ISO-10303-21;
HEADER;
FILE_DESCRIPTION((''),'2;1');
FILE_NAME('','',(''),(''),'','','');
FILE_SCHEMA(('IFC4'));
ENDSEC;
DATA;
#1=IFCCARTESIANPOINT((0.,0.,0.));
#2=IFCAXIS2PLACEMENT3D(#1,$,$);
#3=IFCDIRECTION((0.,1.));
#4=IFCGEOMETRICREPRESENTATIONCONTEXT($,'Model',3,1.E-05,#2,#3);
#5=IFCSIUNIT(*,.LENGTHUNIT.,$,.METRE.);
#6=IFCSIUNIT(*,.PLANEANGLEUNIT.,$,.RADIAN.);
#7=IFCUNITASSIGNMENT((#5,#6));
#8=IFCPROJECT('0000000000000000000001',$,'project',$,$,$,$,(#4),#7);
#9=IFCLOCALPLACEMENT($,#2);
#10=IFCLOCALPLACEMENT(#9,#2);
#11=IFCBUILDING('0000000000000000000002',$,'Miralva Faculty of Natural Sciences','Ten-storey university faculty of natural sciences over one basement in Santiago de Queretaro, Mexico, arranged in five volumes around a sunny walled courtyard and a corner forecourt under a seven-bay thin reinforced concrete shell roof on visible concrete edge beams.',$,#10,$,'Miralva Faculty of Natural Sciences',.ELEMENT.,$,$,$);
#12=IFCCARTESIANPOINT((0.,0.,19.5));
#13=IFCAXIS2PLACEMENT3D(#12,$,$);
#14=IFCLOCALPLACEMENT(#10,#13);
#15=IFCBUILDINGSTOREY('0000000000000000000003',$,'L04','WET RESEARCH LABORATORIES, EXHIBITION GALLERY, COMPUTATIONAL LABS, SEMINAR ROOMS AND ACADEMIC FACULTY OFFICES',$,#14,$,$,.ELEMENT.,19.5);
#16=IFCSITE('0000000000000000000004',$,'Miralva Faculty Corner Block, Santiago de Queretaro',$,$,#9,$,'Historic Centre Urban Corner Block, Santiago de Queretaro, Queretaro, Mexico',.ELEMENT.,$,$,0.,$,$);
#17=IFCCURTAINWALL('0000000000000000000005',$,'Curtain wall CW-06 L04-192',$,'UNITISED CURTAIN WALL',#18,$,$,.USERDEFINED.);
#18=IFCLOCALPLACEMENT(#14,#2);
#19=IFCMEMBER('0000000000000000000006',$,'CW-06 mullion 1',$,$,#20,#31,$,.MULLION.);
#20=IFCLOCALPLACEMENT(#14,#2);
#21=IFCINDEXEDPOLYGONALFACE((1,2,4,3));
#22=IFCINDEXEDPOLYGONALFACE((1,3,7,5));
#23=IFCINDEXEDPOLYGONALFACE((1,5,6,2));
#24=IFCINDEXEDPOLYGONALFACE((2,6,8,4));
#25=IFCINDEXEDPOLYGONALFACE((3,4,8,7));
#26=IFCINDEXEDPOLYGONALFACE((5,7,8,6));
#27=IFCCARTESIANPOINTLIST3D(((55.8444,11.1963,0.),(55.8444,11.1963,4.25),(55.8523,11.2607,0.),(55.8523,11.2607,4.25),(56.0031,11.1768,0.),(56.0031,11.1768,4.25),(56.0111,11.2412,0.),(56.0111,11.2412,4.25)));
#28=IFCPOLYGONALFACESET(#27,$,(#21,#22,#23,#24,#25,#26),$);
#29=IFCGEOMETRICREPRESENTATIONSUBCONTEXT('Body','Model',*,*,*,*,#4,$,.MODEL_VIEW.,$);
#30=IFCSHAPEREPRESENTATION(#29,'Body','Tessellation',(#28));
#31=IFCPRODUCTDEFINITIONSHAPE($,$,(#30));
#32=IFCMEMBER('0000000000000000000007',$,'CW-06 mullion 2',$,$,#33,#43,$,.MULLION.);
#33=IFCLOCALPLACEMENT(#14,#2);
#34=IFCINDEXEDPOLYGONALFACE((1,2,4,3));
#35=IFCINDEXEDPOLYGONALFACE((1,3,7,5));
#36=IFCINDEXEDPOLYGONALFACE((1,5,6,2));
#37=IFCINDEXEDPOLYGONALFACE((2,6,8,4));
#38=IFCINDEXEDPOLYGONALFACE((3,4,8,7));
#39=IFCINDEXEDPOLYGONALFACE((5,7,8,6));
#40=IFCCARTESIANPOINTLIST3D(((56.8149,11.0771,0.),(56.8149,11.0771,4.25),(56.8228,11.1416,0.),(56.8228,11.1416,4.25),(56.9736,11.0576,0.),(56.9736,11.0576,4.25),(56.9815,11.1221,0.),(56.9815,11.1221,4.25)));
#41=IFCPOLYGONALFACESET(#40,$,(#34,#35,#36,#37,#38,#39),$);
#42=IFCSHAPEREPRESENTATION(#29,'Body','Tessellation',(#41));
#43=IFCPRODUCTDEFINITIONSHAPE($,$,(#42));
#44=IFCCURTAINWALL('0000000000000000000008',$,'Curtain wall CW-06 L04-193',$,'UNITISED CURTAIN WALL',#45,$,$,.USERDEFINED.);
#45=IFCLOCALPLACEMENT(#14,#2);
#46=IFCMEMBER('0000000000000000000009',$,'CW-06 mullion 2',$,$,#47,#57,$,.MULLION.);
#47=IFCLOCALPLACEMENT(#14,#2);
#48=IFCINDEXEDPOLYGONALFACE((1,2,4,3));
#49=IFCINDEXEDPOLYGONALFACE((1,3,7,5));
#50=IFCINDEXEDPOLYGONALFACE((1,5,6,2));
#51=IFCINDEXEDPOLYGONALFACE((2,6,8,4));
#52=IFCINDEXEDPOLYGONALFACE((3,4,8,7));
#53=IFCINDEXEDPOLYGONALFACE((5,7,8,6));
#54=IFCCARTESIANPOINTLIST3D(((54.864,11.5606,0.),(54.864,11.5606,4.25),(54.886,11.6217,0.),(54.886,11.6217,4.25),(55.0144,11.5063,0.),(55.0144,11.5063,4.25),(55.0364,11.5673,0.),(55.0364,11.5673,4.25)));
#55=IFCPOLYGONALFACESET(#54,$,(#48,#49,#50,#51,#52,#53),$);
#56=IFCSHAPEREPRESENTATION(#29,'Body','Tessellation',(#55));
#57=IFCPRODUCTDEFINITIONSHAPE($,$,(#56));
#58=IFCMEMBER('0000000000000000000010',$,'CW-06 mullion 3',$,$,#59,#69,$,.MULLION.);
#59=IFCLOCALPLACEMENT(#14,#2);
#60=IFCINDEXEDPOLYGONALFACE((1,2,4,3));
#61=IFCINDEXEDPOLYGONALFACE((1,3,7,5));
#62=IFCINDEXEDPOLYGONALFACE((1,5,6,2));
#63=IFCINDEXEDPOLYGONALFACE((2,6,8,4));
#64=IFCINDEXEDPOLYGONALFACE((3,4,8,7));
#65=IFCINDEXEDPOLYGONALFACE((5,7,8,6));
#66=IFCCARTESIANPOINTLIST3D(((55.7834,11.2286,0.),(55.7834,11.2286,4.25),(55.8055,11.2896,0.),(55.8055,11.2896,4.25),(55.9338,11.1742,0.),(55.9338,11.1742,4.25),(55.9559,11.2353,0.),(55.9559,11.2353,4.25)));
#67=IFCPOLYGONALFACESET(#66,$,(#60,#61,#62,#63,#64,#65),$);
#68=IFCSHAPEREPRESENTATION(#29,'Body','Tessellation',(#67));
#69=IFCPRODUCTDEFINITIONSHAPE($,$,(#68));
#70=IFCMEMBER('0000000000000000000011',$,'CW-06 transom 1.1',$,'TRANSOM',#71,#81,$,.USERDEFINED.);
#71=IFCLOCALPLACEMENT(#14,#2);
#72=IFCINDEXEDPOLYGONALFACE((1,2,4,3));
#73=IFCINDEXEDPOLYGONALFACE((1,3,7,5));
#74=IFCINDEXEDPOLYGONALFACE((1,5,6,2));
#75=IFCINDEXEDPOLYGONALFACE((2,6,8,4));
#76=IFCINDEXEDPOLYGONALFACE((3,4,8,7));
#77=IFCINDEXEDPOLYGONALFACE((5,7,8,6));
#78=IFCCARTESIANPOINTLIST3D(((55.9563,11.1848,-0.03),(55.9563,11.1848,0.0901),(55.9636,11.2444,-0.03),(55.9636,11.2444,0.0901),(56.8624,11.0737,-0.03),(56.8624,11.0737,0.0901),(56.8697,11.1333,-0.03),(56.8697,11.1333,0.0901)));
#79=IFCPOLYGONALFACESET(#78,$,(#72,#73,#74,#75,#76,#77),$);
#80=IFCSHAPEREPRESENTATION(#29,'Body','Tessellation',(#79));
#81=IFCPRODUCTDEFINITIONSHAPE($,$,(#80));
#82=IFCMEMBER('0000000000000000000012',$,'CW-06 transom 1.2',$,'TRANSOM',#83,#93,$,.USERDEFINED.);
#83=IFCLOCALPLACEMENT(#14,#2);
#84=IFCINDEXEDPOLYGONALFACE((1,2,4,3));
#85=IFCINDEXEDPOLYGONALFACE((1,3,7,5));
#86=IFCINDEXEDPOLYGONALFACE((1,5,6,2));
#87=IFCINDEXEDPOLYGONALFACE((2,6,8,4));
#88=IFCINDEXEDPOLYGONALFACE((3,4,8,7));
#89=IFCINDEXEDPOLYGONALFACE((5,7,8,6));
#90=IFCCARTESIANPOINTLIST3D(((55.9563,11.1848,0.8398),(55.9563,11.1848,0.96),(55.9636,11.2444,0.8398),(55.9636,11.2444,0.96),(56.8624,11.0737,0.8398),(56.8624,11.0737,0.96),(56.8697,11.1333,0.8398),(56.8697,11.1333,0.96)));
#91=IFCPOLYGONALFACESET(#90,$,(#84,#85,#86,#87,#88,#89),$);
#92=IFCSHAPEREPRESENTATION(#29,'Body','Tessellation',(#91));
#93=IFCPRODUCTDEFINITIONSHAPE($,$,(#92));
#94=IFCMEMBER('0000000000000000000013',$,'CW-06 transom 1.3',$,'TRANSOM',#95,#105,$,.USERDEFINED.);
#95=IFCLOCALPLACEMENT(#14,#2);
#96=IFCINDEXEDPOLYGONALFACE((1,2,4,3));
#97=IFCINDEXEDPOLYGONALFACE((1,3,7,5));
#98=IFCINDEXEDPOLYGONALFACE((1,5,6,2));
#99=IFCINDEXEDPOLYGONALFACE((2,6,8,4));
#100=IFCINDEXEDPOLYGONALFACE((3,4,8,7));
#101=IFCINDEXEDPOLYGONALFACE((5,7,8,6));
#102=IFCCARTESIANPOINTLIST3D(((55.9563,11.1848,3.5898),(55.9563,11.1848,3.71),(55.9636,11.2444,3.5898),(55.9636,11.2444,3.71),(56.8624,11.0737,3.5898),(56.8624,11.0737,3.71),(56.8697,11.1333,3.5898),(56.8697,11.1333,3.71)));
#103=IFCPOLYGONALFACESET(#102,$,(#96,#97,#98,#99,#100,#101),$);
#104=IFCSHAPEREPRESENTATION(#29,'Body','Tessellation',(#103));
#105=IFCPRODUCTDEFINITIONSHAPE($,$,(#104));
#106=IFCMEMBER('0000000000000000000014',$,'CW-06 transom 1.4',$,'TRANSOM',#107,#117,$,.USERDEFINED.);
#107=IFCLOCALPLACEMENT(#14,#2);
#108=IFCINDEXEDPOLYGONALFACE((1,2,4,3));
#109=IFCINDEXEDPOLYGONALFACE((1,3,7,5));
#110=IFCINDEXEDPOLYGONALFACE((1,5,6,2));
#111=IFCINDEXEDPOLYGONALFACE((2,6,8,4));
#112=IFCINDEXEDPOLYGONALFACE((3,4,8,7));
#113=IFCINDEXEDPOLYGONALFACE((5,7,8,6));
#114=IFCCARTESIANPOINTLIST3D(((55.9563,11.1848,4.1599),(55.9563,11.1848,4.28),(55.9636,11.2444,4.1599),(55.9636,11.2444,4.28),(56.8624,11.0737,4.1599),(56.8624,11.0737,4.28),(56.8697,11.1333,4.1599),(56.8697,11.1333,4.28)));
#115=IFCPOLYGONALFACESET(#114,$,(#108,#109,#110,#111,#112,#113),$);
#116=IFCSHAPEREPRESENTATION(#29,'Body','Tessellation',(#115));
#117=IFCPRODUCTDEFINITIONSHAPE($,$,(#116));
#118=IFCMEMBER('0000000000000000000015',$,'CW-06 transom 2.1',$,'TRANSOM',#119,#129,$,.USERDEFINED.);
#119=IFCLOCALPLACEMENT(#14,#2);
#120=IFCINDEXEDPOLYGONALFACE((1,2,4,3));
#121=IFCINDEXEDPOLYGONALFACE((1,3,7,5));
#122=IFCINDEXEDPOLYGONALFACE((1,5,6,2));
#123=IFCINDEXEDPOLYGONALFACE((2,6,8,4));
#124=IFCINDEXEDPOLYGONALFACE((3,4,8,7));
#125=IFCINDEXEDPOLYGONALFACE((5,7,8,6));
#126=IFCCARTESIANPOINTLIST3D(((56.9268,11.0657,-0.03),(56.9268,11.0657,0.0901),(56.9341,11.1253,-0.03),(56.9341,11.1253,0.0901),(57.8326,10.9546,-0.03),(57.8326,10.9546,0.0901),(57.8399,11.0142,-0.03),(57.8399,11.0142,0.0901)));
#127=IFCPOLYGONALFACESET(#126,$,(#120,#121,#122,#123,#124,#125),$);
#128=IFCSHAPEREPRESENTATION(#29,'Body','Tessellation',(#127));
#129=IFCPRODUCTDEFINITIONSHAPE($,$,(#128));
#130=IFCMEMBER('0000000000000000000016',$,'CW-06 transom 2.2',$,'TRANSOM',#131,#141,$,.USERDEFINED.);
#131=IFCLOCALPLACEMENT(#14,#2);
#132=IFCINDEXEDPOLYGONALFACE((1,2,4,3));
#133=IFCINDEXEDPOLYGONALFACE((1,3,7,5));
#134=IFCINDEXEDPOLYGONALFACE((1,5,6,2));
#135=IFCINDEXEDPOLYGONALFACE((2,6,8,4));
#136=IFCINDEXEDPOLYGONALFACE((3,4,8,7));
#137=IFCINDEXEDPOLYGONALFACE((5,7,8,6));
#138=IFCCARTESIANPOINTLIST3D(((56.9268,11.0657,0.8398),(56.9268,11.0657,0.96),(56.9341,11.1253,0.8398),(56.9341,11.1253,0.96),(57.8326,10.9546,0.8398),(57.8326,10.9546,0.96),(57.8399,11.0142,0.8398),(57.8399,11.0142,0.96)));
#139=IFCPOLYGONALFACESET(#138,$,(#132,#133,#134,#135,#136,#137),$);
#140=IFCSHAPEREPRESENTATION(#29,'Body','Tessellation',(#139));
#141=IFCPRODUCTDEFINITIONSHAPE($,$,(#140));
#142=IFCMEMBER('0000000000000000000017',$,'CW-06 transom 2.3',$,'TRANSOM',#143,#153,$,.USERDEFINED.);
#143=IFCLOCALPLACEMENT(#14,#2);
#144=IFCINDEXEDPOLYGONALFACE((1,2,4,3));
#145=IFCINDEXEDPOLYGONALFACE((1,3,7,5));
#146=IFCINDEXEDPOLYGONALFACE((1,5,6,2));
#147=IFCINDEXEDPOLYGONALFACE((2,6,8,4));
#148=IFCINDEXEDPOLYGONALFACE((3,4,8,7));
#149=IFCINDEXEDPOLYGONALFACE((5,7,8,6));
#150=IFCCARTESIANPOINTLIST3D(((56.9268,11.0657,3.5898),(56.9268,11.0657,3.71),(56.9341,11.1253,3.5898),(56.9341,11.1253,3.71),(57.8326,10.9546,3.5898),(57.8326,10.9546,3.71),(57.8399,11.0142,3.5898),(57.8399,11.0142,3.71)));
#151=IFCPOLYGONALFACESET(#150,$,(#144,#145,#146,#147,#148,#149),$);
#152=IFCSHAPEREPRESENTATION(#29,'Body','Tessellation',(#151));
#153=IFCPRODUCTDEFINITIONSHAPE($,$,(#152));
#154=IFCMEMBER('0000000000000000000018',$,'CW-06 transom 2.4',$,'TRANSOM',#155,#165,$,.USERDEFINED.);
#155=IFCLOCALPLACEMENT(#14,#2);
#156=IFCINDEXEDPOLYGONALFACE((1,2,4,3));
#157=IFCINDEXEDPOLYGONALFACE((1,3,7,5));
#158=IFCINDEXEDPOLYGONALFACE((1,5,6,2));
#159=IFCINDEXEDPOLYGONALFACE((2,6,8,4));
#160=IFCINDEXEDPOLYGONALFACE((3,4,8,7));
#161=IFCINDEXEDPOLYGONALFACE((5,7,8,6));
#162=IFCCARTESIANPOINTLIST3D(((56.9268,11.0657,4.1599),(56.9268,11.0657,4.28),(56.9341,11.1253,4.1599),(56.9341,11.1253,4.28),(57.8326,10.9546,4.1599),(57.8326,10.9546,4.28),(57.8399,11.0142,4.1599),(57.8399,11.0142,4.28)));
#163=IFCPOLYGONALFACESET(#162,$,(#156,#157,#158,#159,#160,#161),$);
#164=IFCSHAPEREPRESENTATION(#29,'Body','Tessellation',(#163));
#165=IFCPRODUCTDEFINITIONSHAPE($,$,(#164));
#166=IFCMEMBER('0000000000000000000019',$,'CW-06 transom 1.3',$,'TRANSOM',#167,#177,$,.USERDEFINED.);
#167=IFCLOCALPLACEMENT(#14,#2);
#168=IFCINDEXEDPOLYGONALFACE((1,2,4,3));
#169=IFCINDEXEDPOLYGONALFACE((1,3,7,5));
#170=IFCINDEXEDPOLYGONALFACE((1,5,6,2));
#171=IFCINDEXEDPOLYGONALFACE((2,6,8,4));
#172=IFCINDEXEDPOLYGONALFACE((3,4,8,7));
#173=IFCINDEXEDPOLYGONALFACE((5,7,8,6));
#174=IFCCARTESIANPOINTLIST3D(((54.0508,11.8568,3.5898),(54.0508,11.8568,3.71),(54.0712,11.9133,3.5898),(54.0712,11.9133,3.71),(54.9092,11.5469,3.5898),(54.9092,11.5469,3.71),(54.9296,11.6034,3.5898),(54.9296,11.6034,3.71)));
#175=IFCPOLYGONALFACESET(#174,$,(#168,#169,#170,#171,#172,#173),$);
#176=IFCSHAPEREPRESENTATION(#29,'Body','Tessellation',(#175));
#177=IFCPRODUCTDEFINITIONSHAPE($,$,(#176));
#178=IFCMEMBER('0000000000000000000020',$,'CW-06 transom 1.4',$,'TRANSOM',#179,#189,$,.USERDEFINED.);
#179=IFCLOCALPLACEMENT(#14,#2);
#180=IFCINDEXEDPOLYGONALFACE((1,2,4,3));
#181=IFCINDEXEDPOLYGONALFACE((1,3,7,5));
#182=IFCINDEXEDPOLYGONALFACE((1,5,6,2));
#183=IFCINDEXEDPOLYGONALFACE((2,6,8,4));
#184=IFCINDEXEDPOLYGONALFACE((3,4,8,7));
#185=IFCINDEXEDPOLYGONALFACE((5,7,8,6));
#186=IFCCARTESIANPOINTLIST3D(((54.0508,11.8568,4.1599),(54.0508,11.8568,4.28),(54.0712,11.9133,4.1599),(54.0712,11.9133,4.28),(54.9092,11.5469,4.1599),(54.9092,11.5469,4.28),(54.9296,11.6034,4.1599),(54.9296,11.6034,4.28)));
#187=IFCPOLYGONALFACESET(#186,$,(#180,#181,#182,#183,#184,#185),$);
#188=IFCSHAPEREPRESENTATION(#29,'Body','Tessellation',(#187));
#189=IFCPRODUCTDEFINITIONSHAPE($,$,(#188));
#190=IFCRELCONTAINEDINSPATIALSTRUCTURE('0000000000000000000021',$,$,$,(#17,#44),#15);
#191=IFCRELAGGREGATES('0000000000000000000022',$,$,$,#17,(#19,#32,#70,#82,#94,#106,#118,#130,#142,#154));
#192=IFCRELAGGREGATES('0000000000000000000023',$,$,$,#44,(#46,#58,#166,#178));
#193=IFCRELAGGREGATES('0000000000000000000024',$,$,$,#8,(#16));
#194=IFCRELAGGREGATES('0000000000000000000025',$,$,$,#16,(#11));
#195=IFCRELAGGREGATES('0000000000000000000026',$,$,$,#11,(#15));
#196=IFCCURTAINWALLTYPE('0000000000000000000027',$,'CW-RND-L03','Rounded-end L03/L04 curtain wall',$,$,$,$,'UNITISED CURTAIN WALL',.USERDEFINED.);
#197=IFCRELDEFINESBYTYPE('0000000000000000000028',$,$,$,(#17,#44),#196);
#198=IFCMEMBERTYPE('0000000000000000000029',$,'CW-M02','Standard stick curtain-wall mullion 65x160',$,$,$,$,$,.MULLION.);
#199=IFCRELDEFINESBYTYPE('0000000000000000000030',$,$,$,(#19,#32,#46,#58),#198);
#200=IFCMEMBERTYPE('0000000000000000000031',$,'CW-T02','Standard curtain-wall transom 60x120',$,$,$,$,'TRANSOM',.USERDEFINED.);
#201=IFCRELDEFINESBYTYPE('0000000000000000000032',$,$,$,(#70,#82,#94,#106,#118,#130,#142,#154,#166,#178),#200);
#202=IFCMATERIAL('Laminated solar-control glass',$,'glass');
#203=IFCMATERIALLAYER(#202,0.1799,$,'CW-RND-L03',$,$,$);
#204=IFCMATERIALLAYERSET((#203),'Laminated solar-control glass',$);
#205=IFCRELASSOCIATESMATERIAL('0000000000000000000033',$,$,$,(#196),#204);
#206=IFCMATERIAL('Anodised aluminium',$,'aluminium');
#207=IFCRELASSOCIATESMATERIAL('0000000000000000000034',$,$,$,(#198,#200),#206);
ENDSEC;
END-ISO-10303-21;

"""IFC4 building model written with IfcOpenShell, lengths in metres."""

from ifc_helpers import new_model, si_unit, direction, frame, origin, origin_2d, place, context, subcontext, project, spatial, rectangle, extrude, material, layer, layer_set, material_profile, profile_set, type_object, element, aggregate, save


model = new_model("IFC4")

# Units and contexts
model_context = context("Model", 3, precision=1e-05, world=origin(), true_north=direction((0.0, 1.0)))
body_context = subcontext(model_context, "Body", "Model", "MODEL_VIEW")
ifc_project = project(units=[si_unit("LENGTHUNIT", "METRE"), si_unit("PLANEANGLEUNIT", "RADIAN")], contexts=[model_context])

# Site, building, storey
site_placement = place(None, origin())
site = spatial("IfcSite", under=ifc_project, at=site_placement, Name="Miralva Faculty Corner Block, Santiago de Queretaro", LongName="Historic Centre Urban Corner Block, Santiago de Queretaro, Queretaro, Mexico", CompositionType="ELEMENT", RefElevation=0.0)
building_placement = place(site_placement, origin())
building = spatial("IfcBuilding", under=site, at=building_placement, Name="Miralva Faculty of Natural Sciences", Description="Ten-storey university faculty of natural sciences over one basement in Santiago de Queretaro, Mexico, arranged in five volumes around a sunny walled courtyard and a corner forecourt under a seven-bay thin reinforced concrete shell roof on visible concrete edge beams.", LongName="Miralva Faculty of Natural Sciences", CompositionType="ELEMENT")
storey_placement = place(building_placement, frame((0.0, 0.0, 19.5)))
storey = spatial("IfcBuildingStorey", under=building, at=storey_placement, Name="L04", Description="WET RESEARCH LABORATORIES, EXHIBITION GALLERY, COMPUTATIONAL LABS, SEMINAR ROOMS AND ACADEMIC FACULTY OFFICES", CompositionType="ELEMENT", Elevation=19.5)

# Curtain walls, members
ifc_material_1 = material(Name="Laminated solar-control glass", Category="glass")
ifc_layer_1 = layer(ifc_material_1, 0.1799, Name="CW-RND-L03")
ifc_layer_set_1 = layer_set([ifc_layer_1], Name="Laminated solar-control glass")
curtain_wall_type = type_object("IfcCurtainWallType", Name="CW-RND-L03", Description="Rounded-end L03/L04 curtain wall", ElementType="UNITISED CURTAIN WALL", PredefinedType="USERDEFINED", material=ifc_layer_set_1)
curtain_wall_1_placement = place(storey_placement, origin())
curtain_wall_1 = element("IfcCurtainWall", 1, at=curtain_wall_1_placement, inside=storey, type_object=curtain_wall_type, Name="Curtain wall CW-06 L04-192", ObjectType="UNITISED CURTAIN WALL", PredefinedType="USERDEFINED")
ifc_material_2 = material(Name="Anodised aluminium", Category="aluminium")
ifc_material_profile_1 = material_profile(ifc_material_2, rectangle(XDim=0.0649, YDim=0.1599, at=origin_2d()), Name="MULLION 65x160")
ifc_profile_set_1 = profile_set([ifc_material_profile_1], Name="Anodised aluminium")
member_type_1 = type_object("IfcMemberType", Name="CW-M02", Description="Standard stick curtain-wall mullion 65x160", PredefinedType="MULLION", material=ifc_profile_set_1)
member_1_placement = place(storey_placement, frame((55.9277, 11.2188, 0.0), z_axis=(0.0, 0.0, 1.0), x_axis=(0.12186, 0.992547, 0.0)))
member_1 = element("IfcMember", 2, at=member_1_placement, type_object=member_type_1, Name="CW-06 mullion 1", PredefinedType="MULLION", context=body_context, shape_type="SweptSolid", body=[
    extrude(rectangle(XDim=0.0649, YDim=0.1599, at=origin_2d()), origin(), (0.0, 0.0, 1.0), 4.25),
])
member_2_placement = place(storey_placement, frame((56.8982, 11.0996, 0.0), z_axis=(0.0, 0.0, 1.0), x_axis=(0.12186, 0.992547, 0.0)))
member_2 = element("IfcMember", 3, at=member_2_placement, type_object=member_type_1, Name="CW-06 mullion 2", PredefinedType="MULLION", context=body_context, shape_type="SweptSolid", body=[
    extrude(rectangle(XDim=0.0649, YDim=0.1599, at=origin_2d()), origin(), (0.0, 0.0, 1.0), 4.25),
])
curtain_wall_2_placement = place(storey_placement, origin())
curtain_wall_2 = element("IfcCurtainWall", 4, at=curtain_wall_2_placement, inside=storey, type_object=curtain_wall_type, Name="Curtain wall CW-06 L04-193", ObjectType="UNITISED CURTAIN WALL", PredefinedType="USERDEFINED")
member_3_placement = place(storey_placement, frame((54.9502, 11.564, 0.0), z_axis=(0.0, 0.0, 1.0), x_axis=(0.339696, 0.940535, 0.0)))
member_3 = element("IfcMember", 5, at=member_3_placement, type_object=member_type_1, Name="CW-06 mullion 2", PredefinedType="MULLION", context=body_context, shape_type="SweptSolid", body=[
    extrude(rectangle(XDim=0.0649, YDim=0.1599, at=origin_2d()), origin(), (0.0, 0.0, 1.0), 4.25),
])
member_4_placement = place(storey_placement, frame((55.8696, 11.2319, 0.0), z_axis=(0.0, 0.0, 1.0), x_axis=(0.339696, 0.940535, 0.0)))
member_4 = element("IfcMember", 6, at=member_4_placement, type_object=member_type_1, Name="CW-06 mullion 3", PredefinedType="MULLION", context=body_context, shape_type="SweptSolid", body=[
    extrude(rectangle(XDim=0.0649, YDim=0.1599, at=origin_2d()), origin(), (0.0, 0.0, 1.0), 4.25),
])

# Members
ifc_material_profile_2 = material_profile(ifc_material_2, rectangle(XDim=0.0601, YDim=0.1201, at=origin_2d()), Name="TRANSOM 60x120")
ifc_profile_set_2 = profile_set([ifc_material_profile_2], Name="Anodised aluminium")
member_type_2 = type_object("IfcMemberType", Name="CW-T02", Description="Standard curtain-wall transom 60x120", ElementType="TRANSOM", PredefinedType="USERDEFINED", material=ifc_profile_set_2)
member_5_placement = place(storey_placement, frame((55.96, 11.2146, 0.03), z_axis=(0.992567, -0.121697, 0.0), x_axis=(0.121697, 0.992567, 0.0)))
member_5 = element("IfcMember", 7, at=member_5_placement, type_object=member_type_2, Name="CW-06 transom 1.1", ObjectType="TRANSOM", PredefinedType="USERDEFINED", context=body_context, shape_type="SweptSolid", body=[
    extrude(rectangle(XDim=0.0601, YDim=0.1201, at=origin_2d()), origin(), (0.0, 0.0, 1.0), 0.9128),
])
member_6_placement = place(storey_placement, frame((55.96, 11.2146, 0.8999), z_axis=(0.992567, -0.121697, 0.0), x_axis=(0.121697, 0.992567, 0.0)))
member_6 = element("IfcMember", 8, at=member_6_placement, type_object=member_type_2, Name="CW-06 transom 1.2", ObjectType="TRANSOM", PredefinedType="USERDEFINED", context=body_context, shape_type="SweptSolid", body=[
    extrude(rectangle(XDim=0.0601, YDim=0.1201, at=origin_2d()), origin(), (0.0, 0.0, 1.0), 0.9128),
])
member_7_placement = place(storey_placement, frame((55.96, 11.2146, 3.6499), z_axis=(0.992567, -0.121697, 0.0), x_axis=(0.121697, 0.992567, 0.0)))
member_7 = element("IfcMember", 9, at=member_7_placement, type_object=member_type_2, Name="CW-06 transom 1.3", ObjectType="TRANSOM", PredefinedType="USERDEFINED", context=body_context, shape_type="SweptSolid", body=[
    extrude(rectangle(XDim=0.0601, YDim=0.1201, at=origin_2d()), origin(), (0.0, 0.0, 1.0), 0.9128),
])
member_8_placement = place(storey_placement, frame((55.96, 11.2146, 4.22), z_axis=(0.992567, -0.121697, 0.0), x_axis=(0.121697, 0.992567, 0.0)))
member_8 = element("IfcMember", 10, at=member_8_placement, type_object=member_type_2, Name="CW-06 transom 1.4", ObjectType="TRANSOM", PredefinedType="USERDEFINED", context=body_context, shape_type="SweptSolid", body=[
    extrude(rectangle(XDim=0.0601, YDim=0.1201, at=origin_2d()), origin(), (0.0, 0.0, 1.0), 0.9128),
])
member_9_placement = place(storey_placement, frame((56.9304, 11.0955, 0.03), z_axis=(0.992563, -0.121729, 0.0), x_axis=(0.121729, 0.992563, 0.0)))
member_9 = element("IfcMember", 11, at=member_9_placement, type_object=member_type_2, Name="CW-06 transom 2.1", ObjectType="TRANSOM", PredefinedType="USERDEFINED", context=body_context, shape_type="SweptSolid", body=[
    extrude(rectangle(XDim=0.0601, YDim=0.1201, at=origin_2d()), origin(), (0.0, 0.0, 1.0), 0.9126),
])
member_10_placement = place(storey_placement, frame((56.9304, 11.0955, 0.8999), z_axis=(0.992563, -0.121729, 0.0), x_axis=(0.121729, 0.992563, 0.0)))
member_10 = element("IfcMember", 12, at=member_10_placement, type_object=member_type_2, Name="CW-06 transom 2.2", ObjectType="TRANSOM", PredefinedType="USERDEFINED", context=body_context, shape_type="SweptSolid", body=[
    extrude(rectangle(XDim=0.0601, YDim=0.1201, at=origin_2d()), origin(), (0.0, 0.0, 1.0), 0.9126),
])
member_11_placement = place(storey_placement, frame((56.9304, 11.0955, 3.6499), z_axis=(0.992563, -0.121729, 0.0), x_axis=(0.121729, 0.992563, 0.0)))
member_11 = element("IfcMember", 13, at=member_11_placement, type_object=member_type_2, Name="CW-06 transom 2.3", ObjectType="TRANSOM", PredefinedType="USERDEFINED", context=body_context, shape_type="SweptSolid", body=[
    extrude(rectangle(XDim=0.0601, YDim=0.1201, at=origin_2d()), origin(), (0.0, 0.0, 1.0), 0.9126),
])
member_12_placement = place(storey_placement, frame((56.9304, 11.0955, 4.22), z_axis=(0.992563, -0.121729, 0.0), x_axis=(0.121729, 0.992563, 0.0)))
member_12 = element("IfcMember", 14, at=member_12_placement, type_object=member_type_2, Name="CW-06 transom 2.4", ObjectType="TRANSOM", PredefinedType="USERDEFINED", context=body_context, shape_type="SweptSolid", body=[
    extrude(rectangle(XDim=0.0601, YDim=0.1201, at=origin_2d()), origin(), (0.0, 0.0, 1.0), 0.9126),
])
member_13_placement = place(storey_placement, frame((54.061, 11.885, 3.6499), z_axis=(0.940611, -0.339487, 0.0), x_axis=(0.339487, 0.940611, 0.0)))
member_13 = element("IfcMember", 15, at=member_13_placement, type_object=member_type_2, Name="CW-06 transom 1.3", ObjectType="TRANSOM", PredefinedType="USERDEFINED", context=body_context, shape_type="SweptSolid", body=[
    extrude(rectangle(XDim=0.0601, YDim=0.1201, at=origin_2d()), origin(), (0.0, 0.0, 1.0), 0.9126),
])
member_14_placement = place(storey_placement, frame((54.061, 11.885, 4.22), z_axis=(0.940611, -0.339487, 0.0), x_axis=(0.339487, 0.940611, 0.0)))
member_14 = element("IfcMember", 16, at=member_14_placement, type_object=member_type_2, Name="CW-06 transom 1.4", ObjectType="TRANSOM", PredefinedType="USERDEFINED", context=body_context, shape_type="SweptSolid", body=[
    extrude(rectangle(XDim=0.0601, YDim=0.1201, at=origin_2d()), origin(), (0.0, 0.0, 1.0), 0.9126),
])

aggregate(curtain_wall_1, [member_1, member_2, member_5, member_6, member_7, member_8, member_9, member_10, member_11, member_12])
aggregate(curtain_wall_2, [member_3, member_4, member_13, member_14])

save(model, "model.ifc")
